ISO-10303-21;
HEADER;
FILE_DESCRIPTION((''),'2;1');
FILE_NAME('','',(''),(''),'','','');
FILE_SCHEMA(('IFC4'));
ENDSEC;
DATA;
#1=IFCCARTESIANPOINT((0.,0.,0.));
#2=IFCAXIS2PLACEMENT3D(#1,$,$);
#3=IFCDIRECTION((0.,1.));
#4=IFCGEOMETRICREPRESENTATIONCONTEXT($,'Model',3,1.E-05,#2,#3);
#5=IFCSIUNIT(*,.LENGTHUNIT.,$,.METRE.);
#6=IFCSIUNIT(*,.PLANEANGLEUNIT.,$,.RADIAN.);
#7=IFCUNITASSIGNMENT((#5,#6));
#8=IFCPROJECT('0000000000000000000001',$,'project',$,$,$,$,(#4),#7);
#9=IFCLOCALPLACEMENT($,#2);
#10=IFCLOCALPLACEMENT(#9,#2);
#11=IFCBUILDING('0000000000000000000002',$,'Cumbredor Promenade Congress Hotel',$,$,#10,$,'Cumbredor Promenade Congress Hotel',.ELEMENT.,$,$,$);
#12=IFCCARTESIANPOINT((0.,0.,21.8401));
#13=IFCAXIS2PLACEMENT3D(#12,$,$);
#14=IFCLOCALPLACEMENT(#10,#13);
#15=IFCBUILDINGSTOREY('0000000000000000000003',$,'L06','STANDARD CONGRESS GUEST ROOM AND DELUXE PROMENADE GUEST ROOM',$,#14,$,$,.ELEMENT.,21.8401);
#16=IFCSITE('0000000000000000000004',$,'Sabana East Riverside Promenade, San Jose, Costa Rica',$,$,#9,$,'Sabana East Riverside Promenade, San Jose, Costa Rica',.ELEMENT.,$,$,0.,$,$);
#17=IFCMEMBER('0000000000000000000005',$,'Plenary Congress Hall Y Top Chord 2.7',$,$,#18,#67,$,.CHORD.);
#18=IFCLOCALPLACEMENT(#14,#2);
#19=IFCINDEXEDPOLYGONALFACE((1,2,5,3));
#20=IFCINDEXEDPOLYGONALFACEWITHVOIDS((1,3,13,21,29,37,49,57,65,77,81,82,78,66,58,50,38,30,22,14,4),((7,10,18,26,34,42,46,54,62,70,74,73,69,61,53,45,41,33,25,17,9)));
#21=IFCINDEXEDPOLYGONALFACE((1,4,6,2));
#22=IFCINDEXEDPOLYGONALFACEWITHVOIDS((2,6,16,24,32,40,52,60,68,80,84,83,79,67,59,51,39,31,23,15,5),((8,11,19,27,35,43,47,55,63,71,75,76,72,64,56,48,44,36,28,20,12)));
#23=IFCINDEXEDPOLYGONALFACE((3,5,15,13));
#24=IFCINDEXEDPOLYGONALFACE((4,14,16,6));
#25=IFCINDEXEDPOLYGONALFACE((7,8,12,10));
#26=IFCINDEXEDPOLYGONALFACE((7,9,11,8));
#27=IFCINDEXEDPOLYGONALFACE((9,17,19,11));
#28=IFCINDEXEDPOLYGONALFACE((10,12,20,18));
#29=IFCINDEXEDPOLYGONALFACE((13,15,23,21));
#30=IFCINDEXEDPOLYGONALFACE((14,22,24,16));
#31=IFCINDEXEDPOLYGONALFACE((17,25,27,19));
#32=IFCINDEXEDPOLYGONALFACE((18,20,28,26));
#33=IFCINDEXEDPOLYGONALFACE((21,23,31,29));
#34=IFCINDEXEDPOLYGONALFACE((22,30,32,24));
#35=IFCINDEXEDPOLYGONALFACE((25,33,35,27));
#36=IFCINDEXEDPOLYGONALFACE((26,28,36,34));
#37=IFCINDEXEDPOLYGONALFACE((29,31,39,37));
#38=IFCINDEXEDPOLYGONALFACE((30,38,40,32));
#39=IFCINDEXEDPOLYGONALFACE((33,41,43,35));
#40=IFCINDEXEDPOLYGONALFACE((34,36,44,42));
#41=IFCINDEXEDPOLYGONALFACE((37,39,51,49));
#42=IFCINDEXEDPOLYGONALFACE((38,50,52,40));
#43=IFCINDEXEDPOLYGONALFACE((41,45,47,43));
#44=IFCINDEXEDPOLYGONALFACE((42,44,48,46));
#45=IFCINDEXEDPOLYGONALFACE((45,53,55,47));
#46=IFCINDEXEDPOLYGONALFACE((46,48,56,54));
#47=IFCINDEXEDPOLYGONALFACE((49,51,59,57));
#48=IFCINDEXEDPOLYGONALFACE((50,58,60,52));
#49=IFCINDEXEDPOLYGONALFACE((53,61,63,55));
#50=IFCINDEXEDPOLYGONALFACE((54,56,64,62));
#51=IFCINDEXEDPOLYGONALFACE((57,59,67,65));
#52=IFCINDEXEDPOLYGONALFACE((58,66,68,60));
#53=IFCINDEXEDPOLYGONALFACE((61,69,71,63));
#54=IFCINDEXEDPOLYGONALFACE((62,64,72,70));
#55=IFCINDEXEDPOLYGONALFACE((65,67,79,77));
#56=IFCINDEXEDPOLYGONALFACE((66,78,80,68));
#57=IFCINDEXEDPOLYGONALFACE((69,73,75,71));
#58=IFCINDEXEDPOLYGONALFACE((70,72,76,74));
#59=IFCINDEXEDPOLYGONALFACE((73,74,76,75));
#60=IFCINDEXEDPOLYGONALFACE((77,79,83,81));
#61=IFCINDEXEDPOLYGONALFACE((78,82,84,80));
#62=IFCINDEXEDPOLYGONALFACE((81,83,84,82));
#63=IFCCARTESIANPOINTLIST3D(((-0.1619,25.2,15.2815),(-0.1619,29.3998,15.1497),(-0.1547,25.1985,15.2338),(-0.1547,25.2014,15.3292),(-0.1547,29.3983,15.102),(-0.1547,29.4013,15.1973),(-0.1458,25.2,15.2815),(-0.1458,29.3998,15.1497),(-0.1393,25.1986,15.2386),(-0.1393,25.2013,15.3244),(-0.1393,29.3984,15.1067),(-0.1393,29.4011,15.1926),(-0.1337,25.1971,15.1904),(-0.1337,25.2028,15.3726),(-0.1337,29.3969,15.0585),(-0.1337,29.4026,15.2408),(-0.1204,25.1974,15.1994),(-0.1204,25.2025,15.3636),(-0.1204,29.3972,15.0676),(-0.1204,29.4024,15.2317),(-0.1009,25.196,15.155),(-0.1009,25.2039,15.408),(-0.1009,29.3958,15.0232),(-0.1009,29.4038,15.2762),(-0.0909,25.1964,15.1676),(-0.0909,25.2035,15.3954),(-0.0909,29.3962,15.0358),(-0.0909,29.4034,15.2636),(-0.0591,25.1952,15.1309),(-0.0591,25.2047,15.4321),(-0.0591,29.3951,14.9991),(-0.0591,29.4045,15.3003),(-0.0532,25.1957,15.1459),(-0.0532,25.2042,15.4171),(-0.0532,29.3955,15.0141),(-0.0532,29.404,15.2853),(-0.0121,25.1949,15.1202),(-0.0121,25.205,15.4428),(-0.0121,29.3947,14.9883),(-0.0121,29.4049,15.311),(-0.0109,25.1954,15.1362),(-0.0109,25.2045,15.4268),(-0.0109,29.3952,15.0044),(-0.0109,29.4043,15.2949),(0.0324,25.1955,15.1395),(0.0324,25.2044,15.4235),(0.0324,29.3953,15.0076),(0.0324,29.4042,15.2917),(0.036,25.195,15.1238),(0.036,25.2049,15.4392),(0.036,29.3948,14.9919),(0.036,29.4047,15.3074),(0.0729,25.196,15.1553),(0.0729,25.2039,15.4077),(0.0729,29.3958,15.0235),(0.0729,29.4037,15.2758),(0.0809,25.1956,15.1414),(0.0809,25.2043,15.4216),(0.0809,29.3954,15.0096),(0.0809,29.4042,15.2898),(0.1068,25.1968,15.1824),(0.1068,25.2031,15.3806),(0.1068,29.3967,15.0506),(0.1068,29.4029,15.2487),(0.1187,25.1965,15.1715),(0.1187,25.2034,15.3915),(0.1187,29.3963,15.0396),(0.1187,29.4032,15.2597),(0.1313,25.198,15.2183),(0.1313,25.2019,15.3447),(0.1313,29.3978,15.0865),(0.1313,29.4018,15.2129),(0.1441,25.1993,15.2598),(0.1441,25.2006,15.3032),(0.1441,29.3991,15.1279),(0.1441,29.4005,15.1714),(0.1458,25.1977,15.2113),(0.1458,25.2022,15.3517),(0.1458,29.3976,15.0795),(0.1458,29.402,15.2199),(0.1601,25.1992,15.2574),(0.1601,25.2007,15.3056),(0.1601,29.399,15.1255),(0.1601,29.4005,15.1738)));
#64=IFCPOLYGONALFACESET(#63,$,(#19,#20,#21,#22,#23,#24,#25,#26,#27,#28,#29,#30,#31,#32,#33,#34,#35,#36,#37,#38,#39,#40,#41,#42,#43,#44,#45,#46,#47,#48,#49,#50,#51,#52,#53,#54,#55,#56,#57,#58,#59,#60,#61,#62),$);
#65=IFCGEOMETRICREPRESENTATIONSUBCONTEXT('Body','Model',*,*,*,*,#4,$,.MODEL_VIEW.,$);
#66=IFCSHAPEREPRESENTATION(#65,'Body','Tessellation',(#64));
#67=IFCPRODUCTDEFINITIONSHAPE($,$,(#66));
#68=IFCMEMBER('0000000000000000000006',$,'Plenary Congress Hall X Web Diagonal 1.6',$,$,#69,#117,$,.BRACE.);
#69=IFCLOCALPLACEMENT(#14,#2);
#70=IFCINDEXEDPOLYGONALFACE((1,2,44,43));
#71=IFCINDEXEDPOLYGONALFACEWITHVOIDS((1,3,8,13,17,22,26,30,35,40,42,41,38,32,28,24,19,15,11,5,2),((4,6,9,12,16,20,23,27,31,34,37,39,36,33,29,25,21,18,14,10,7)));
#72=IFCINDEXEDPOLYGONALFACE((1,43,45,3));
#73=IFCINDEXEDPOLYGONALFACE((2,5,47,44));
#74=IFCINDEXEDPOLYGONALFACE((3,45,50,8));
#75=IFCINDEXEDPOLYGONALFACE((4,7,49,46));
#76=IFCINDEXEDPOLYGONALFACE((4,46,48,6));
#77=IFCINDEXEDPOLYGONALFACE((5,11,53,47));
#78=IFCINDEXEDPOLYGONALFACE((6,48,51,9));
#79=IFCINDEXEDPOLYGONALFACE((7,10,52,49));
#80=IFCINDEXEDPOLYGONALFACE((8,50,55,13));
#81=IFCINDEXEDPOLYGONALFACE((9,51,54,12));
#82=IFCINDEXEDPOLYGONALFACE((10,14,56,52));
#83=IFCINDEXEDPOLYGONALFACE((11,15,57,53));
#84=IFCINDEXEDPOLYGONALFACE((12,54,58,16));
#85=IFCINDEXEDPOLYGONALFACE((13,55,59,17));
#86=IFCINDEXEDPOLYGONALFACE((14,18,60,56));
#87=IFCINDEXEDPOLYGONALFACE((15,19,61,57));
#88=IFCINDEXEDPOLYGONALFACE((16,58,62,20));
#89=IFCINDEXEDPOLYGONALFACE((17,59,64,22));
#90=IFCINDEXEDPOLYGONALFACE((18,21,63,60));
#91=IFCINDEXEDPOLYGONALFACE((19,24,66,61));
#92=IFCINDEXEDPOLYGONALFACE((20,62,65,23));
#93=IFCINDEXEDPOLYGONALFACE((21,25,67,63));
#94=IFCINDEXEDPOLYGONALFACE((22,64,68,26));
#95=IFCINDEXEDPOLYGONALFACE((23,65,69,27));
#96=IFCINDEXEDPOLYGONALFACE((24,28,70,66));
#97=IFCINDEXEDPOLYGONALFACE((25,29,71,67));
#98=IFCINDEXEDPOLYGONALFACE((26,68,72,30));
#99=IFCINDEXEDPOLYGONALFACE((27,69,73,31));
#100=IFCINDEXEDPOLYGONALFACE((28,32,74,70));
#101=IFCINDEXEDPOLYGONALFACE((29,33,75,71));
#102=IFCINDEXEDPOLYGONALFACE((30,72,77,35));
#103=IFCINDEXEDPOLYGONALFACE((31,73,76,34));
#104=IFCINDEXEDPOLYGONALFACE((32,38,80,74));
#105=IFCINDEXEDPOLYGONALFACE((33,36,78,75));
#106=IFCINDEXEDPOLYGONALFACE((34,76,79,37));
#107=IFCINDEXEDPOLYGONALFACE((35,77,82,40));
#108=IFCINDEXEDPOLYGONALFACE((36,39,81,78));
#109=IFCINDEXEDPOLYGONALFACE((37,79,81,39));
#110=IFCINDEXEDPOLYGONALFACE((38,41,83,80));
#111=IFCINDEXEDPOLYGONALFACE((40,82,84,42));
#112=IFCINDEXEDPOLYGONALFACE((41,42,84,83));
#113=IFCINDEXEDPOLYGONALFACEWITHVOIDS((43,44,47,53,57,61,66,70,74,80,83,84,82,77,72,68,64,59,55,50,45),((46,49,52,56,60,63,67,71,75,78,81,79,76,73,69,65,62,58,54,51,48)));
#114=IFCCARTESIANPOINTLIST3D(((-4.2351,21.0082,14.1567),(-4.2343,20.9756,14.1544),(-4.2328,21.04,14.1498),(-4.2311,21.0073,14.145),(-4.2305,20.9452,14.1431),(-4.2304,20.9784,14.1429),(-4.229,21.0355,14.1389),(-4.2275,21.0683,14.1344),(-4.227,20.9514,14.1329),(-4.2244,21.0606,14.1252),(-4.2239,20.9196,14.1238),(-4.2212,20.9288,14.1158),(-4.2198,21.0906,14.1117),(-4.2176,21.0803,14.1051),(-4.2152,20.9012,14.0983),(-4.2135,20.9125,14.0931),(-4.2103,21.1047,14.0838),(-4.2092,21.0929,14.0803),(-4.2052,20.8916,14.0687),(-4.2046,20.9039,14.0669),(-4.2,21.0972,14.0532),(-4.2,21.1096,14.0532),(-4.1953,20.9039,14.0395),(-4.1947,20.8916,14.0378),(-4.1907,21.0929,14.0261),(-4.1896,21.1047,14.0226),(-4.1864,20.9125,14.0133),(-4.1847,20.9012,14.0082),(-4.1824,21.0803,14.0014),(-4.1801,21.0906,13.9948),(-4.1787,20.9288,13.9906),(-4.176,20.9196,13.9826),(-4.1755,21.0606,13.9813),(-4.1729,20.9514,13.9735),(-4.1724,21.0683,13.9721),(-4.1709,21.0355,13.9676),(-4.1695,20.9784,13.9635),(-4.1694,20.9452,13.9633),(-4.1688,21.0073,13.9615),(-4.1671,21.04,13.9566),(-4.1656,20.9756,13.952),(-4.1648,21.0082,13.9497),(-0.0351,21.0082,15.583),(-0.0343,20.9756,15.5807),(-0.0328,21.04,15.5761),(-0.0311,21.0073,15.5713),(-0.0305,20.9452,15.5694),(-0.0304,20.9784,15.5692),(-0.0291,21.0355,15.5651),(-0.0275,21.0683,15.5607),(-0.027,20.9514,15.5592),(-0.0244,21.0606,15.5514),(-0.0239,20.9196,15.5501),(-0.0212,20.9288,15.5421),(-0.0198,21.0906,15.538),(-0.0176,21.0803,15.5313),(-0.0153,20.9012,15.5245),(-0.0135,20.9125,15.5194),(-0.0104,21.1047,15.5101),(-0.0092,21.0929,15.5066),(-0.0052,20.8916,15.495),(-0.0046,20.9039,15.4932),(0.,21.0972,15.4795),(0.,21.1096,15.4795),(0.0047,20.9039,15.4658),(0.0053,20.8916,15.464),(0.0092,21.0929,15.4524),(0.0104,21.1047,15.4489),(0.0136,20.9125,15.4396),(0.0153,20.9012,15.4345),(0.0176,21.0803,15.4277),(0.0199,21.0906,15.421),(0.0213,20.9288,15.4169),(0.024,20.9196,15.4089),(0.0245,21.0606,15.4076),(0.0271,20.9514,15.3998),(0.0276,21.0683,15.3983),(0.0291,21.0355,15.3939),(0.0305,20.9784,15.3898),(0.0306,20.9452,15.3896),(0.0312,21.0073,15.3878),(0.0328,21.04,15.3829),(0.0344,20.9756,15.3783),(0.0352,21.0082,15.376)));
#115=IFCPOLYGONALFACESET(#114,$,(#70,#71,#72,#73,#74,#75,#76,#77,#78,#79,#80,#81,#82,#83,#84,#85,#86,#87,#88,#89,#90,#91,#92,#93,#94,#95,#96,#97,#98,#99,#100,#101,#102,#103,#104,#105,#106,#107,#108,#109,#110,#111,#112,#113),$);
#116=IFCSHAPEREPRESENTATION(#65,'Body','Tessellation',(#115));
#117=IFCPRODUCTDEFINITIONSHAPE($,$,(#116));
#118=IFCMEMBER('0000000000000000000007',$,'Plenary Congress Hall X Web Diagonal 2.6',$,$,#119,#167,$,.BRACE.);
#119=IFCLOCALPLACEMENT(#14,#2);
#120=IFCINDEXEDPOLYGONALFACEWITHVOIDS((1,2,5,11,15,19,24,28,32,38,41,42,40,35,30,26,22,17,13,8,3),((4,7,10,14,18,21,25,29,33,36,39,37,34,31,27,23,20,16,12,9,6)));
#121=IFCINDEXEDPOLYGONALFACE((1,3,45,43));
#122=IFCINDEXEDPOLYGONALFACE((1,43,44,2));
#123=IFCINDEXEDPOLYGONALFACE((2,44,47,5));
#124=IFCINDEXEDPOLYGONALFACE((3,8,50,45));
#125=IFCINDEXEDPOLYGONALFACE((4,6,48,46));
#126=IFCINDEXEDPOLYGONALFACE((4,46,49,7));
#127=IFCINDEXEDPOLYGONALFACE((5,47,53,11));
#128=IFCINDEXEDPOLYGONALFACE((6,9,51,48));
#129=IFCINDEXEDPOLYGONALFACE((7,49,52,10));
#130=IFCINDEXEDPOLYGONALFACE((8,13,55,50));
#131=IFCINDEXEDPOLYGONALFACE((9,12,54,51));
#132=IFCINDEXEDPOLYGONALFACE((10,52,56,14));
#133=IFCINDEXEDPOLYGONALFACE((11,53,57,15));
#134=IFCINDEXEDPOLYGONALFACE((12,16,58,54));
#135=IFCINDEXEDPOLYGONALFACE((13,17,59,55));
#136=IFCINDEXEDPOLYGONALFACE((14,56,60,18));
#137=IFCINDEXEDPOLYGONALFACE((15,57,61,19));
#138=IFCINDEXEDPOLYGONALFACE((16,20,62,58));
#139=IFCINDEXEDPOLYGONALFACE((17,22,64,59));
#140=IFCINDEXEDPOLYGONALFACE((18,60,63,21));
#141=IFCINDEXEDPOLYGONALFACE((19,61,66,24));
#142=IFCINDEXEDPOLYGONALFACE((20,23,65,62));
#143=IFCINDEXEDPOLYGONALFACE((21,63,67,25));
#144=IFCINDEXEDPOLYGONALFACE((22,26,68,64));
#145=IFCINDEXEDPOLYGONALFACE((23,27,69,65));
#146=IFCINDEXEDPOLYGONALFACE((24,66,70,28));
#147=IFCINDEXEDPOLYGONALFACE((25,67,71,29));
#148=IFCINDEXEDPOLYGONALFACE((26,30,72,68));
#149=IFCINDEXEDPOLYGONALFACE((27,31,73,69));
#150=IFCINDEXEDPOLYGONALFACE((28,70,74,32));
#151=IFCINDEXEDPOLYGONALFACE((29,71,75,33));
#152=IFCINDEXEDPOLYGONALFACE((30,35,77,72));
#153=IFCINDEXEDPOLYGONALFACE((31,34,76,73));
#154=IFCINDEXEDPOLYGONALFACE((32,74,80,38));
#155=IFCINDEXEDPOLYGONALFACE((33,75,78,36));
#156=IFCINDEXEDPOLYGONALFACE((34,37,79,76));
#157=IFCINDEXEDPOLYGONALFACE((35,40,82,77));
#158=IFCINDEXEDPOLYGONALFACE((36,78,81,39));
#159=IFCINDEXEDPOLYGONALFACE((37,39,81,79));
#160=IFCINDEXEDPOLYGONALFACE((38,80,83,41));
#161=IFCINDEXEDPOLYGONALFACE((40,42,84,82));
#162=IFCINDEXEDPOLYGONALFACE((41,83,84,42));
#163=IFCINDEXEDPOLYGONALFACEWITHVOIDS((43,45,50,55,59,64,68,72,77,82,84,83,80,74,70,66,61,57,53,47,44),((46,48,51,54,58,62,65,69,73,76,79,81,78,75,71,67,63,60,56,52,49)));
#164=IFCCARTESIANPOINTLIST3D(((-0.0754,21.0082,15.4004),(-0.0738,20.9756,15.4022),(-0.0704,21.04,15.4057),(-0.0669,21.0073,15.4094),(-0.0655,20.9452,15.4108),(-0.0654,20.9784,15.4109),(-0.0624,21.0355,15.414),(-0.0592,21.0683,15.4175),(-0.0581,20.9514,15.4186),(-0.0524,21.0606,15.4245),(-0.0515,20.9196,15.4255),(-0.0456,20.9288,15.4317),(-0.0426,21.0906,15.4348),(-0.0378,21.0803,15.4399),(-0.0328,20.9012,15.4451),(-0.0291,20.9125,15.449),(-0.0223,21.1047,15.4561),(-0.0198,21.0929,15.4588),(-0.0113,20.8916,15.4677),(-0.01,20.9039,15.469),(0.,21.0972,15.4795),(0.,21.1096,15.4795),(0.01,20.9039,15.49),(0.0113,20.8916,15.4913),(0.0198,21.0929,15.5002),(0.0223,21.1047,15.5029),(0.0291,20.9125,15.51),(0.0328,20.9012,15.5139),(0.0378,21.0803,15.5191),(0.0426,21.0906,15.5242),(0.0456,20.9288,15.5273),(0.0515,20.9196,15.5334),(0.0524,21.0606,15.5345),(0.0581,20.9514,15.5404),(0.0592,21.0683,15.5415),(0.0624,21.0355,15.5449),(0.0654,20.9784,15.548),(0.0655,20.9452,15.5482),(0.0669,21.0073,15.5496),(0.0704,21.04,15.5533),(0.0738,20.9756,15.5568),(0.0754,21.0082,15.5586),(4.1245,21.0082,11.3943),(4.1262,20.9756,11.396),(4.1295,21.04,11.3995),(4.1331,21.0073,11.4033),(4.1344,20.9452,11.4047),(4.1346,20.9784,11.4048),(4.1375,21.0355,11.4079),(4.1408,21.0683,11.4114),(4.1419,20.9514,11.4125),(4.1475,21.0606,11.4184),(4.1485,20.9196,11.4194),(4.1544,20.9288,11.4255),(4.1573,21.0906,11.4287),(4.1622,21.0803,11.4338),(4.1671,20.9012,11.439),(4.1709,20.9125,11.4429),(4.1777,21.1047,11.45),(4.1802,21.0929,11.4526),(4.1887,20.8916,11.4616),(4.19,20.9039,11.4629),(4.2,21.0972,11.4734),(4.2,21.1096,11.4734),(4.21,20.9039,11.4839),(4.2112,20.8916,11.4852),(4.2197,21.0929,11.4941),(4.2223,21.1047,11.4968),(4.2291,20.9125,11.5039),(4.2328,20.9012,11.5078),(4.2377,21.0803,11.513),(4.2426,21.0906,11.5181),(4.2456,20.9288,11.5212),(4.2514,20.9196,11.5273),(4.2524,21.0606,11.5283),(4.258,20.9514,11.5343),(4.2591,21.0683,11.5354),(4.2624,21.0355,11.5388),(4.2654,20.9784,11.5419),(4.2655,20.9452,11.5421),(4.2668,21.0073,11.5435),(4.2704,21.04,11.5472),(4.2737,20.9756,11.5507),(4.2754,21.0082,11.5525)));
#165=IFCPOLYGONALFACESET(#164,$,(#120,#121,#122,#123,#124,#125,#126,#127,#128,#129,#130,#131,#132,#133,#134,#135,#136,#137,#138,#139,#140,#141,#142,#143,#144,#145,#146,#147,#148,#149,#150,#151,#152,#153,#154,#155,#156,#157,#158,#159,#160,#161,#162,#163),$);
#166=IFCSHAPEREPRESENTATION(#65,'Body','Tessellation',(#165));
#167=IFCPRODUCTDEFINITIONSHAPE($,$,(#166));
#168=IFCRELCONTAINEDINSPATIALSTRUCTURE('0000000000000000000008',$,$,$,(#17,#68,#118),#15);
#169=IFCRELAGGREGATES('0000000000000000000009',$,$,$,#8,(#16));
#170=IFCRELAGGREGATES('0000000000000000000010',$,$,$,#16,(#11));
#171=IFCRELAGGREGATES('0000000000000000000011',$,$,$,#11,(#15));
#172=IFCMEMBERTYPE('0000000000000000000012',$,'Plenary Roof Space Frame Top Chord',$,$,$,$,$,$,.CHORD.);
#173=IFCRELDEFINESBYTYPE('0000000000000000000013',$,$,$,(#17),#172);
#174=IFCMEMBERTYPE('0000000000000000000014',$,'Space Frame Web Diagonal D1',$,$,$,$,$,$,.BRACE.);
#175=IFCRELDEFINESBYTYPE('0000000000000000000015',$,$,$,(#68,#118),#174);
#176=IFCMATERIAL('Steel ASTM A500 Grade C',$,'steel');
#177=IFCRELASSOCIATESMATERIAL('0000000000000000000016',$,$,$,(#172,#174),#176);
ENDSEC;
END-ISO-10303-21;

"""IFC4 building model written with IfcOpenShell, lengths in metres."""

from ifc_helpers import new_model, si_unit, direction, frame, origin, origin_2d, place, context, subcontext, project, spatial, hollow_circle, extrude, material, material_profile, profile_set, type_object, element, save


model = new_model("IFC4")

# Units and contexts
model_context = context("Model", 3, precision=1e-05, world=origin(), true_north=direction((0.0, 1.0)))
body_context = subcontext(model_context, "Body", "Model", "MODEL_VIEW")
ifc_project = project(units=[si_unit("LENGTHUNIT", "METRE"), si_unit("PLANEANGLEUNIT", "RADIAN")], contexts=[model_context])

# Site, building, storey
site_placement = place(None, origin())
site = spatial("IfcSite", under=ifc_project, at=site_placement, Name="Sabana East Riverside Promenade, San Jose, Costa Rica", LongName="Sabana East Riverside Promenade, San Jose, Costa Rica", CompositionType="ELEMENT", RefElevation=0.0)
building_placement = place(site_placement, origin())
building = spatial("IfcBuilding", under=site, at=building_placement, Name="Cumbredor Promenade Congress Hotel", LongName="Cumbredor Promenade Congress Hotel", CompositionType="ELEMENT")
storey_placement = place(building_placement, frame((0.0, 0.0, 21.8401)))
storey = spatial("IfcBuildingStorey", under=building, at=storey_placement, Name="L06", Description="STANDARD CONGRESS GUEST ROOM AND DELUXE PROMENADE GUEST ROOM", CompositionType="ELEMENT", Elevation=21.8401)

# Members
ifc_material_1 = material(Name="Steel ASTM A500 Grade C", Category="steel")
ifc_material_profile_1 = material_profile(ifc_material_1, hollow_circle(Radius=0.1619, WallThickness=0.0161, at=origin_2d()), Name="CHS 323.9x16")
ifc_profile_set_1 = profile_set([ifc_material_profile_1], Name="Steel ASTM A500 Grade C")
member_type_1 = type_object("IfcMemberType", Name="Plenary Roof Space Frame Top Chord", PredefinedType="CHORD", material=ifc_profile_set_1)
member_1_placement = place(storey_placement, frame((0.0, 25.2, 15.2815), z_axis=(0.0, 0.999508, -0.031374), x_axis=(-1.0, 0.0, 0.0)))
element("IfcMember", 1, at=member_1_placement, inside=storey, type_object=member_type_1, Name="Plenary Congress Hall Y Top Chord 2.7", PredefinedType="CHORD", context=body_context, shape_type="SweptSolid", body=[
    extrude(hollow_circle(Radius=0.1619, WallThickness=0.0161, at=origin_2d()), origin(), (0.0, 0.0, 1.0), 4.2019),
])
ifc_material_profile_2 = material_profile(ifc_material_1, hollow_circle(Radius=0.1096, WallThickness=0.0125, at=origin_2d()), Name="CHS 219.1x12.5")
ifc_profile_set_2 = profile_set([ifc_material_profile_2], Name="Steel ASTM A500 Grade C")
member_type_2 = type_object("IfcMemberType", Name="Space Frame Web Diagonal D1", PredefinedType="BRACE", material=ifc_profile_set_2)
member_2_placement = place(storey_placement, frame((-4.2, 21.0, 14.0532), z_axis=(0.94689, 0.0, 0.321556), x_axis=(0.0, 1.0, 0.0)))
element("IfcMember", 2, at=member_2_placement, inside=storey, type_object=member_type_2, Name="Plenary Congress Hall X Web Diagonal 1.6", PredefinedType="BRACE", context=body_context, shape_type="SweptSolid", body=[
    extrude(hollow_circle(Radius=0.1096, WallThickness=0.0125, at=origin_2d()), origin(), (0.0, 0.0, 1.0), 4.4355),
])
member_3_placement = place(storey_placement, frame((0.0, 21.0, 15.4795), z_axis=(0.723609, 0.0, -0.690211), x_axis=(0.0, 1.0, 0.0)))
element("IfcMember", 3, at=member_3_placement, inside=storey, type_object=member_type_2, Name="Plenary Congress Hall X Web Diagonal 2.6", PredefinedType="BRACE", context=body_context, shape_type="SweptSolid", body=[
    extrude(hollow_circle(Radius=0.1096, WallThickness=0.0125, at=origin_2d()), origin(), (0.0, 0.0, 1.0), 5.8042),
])

save(model, "model.ifc")
